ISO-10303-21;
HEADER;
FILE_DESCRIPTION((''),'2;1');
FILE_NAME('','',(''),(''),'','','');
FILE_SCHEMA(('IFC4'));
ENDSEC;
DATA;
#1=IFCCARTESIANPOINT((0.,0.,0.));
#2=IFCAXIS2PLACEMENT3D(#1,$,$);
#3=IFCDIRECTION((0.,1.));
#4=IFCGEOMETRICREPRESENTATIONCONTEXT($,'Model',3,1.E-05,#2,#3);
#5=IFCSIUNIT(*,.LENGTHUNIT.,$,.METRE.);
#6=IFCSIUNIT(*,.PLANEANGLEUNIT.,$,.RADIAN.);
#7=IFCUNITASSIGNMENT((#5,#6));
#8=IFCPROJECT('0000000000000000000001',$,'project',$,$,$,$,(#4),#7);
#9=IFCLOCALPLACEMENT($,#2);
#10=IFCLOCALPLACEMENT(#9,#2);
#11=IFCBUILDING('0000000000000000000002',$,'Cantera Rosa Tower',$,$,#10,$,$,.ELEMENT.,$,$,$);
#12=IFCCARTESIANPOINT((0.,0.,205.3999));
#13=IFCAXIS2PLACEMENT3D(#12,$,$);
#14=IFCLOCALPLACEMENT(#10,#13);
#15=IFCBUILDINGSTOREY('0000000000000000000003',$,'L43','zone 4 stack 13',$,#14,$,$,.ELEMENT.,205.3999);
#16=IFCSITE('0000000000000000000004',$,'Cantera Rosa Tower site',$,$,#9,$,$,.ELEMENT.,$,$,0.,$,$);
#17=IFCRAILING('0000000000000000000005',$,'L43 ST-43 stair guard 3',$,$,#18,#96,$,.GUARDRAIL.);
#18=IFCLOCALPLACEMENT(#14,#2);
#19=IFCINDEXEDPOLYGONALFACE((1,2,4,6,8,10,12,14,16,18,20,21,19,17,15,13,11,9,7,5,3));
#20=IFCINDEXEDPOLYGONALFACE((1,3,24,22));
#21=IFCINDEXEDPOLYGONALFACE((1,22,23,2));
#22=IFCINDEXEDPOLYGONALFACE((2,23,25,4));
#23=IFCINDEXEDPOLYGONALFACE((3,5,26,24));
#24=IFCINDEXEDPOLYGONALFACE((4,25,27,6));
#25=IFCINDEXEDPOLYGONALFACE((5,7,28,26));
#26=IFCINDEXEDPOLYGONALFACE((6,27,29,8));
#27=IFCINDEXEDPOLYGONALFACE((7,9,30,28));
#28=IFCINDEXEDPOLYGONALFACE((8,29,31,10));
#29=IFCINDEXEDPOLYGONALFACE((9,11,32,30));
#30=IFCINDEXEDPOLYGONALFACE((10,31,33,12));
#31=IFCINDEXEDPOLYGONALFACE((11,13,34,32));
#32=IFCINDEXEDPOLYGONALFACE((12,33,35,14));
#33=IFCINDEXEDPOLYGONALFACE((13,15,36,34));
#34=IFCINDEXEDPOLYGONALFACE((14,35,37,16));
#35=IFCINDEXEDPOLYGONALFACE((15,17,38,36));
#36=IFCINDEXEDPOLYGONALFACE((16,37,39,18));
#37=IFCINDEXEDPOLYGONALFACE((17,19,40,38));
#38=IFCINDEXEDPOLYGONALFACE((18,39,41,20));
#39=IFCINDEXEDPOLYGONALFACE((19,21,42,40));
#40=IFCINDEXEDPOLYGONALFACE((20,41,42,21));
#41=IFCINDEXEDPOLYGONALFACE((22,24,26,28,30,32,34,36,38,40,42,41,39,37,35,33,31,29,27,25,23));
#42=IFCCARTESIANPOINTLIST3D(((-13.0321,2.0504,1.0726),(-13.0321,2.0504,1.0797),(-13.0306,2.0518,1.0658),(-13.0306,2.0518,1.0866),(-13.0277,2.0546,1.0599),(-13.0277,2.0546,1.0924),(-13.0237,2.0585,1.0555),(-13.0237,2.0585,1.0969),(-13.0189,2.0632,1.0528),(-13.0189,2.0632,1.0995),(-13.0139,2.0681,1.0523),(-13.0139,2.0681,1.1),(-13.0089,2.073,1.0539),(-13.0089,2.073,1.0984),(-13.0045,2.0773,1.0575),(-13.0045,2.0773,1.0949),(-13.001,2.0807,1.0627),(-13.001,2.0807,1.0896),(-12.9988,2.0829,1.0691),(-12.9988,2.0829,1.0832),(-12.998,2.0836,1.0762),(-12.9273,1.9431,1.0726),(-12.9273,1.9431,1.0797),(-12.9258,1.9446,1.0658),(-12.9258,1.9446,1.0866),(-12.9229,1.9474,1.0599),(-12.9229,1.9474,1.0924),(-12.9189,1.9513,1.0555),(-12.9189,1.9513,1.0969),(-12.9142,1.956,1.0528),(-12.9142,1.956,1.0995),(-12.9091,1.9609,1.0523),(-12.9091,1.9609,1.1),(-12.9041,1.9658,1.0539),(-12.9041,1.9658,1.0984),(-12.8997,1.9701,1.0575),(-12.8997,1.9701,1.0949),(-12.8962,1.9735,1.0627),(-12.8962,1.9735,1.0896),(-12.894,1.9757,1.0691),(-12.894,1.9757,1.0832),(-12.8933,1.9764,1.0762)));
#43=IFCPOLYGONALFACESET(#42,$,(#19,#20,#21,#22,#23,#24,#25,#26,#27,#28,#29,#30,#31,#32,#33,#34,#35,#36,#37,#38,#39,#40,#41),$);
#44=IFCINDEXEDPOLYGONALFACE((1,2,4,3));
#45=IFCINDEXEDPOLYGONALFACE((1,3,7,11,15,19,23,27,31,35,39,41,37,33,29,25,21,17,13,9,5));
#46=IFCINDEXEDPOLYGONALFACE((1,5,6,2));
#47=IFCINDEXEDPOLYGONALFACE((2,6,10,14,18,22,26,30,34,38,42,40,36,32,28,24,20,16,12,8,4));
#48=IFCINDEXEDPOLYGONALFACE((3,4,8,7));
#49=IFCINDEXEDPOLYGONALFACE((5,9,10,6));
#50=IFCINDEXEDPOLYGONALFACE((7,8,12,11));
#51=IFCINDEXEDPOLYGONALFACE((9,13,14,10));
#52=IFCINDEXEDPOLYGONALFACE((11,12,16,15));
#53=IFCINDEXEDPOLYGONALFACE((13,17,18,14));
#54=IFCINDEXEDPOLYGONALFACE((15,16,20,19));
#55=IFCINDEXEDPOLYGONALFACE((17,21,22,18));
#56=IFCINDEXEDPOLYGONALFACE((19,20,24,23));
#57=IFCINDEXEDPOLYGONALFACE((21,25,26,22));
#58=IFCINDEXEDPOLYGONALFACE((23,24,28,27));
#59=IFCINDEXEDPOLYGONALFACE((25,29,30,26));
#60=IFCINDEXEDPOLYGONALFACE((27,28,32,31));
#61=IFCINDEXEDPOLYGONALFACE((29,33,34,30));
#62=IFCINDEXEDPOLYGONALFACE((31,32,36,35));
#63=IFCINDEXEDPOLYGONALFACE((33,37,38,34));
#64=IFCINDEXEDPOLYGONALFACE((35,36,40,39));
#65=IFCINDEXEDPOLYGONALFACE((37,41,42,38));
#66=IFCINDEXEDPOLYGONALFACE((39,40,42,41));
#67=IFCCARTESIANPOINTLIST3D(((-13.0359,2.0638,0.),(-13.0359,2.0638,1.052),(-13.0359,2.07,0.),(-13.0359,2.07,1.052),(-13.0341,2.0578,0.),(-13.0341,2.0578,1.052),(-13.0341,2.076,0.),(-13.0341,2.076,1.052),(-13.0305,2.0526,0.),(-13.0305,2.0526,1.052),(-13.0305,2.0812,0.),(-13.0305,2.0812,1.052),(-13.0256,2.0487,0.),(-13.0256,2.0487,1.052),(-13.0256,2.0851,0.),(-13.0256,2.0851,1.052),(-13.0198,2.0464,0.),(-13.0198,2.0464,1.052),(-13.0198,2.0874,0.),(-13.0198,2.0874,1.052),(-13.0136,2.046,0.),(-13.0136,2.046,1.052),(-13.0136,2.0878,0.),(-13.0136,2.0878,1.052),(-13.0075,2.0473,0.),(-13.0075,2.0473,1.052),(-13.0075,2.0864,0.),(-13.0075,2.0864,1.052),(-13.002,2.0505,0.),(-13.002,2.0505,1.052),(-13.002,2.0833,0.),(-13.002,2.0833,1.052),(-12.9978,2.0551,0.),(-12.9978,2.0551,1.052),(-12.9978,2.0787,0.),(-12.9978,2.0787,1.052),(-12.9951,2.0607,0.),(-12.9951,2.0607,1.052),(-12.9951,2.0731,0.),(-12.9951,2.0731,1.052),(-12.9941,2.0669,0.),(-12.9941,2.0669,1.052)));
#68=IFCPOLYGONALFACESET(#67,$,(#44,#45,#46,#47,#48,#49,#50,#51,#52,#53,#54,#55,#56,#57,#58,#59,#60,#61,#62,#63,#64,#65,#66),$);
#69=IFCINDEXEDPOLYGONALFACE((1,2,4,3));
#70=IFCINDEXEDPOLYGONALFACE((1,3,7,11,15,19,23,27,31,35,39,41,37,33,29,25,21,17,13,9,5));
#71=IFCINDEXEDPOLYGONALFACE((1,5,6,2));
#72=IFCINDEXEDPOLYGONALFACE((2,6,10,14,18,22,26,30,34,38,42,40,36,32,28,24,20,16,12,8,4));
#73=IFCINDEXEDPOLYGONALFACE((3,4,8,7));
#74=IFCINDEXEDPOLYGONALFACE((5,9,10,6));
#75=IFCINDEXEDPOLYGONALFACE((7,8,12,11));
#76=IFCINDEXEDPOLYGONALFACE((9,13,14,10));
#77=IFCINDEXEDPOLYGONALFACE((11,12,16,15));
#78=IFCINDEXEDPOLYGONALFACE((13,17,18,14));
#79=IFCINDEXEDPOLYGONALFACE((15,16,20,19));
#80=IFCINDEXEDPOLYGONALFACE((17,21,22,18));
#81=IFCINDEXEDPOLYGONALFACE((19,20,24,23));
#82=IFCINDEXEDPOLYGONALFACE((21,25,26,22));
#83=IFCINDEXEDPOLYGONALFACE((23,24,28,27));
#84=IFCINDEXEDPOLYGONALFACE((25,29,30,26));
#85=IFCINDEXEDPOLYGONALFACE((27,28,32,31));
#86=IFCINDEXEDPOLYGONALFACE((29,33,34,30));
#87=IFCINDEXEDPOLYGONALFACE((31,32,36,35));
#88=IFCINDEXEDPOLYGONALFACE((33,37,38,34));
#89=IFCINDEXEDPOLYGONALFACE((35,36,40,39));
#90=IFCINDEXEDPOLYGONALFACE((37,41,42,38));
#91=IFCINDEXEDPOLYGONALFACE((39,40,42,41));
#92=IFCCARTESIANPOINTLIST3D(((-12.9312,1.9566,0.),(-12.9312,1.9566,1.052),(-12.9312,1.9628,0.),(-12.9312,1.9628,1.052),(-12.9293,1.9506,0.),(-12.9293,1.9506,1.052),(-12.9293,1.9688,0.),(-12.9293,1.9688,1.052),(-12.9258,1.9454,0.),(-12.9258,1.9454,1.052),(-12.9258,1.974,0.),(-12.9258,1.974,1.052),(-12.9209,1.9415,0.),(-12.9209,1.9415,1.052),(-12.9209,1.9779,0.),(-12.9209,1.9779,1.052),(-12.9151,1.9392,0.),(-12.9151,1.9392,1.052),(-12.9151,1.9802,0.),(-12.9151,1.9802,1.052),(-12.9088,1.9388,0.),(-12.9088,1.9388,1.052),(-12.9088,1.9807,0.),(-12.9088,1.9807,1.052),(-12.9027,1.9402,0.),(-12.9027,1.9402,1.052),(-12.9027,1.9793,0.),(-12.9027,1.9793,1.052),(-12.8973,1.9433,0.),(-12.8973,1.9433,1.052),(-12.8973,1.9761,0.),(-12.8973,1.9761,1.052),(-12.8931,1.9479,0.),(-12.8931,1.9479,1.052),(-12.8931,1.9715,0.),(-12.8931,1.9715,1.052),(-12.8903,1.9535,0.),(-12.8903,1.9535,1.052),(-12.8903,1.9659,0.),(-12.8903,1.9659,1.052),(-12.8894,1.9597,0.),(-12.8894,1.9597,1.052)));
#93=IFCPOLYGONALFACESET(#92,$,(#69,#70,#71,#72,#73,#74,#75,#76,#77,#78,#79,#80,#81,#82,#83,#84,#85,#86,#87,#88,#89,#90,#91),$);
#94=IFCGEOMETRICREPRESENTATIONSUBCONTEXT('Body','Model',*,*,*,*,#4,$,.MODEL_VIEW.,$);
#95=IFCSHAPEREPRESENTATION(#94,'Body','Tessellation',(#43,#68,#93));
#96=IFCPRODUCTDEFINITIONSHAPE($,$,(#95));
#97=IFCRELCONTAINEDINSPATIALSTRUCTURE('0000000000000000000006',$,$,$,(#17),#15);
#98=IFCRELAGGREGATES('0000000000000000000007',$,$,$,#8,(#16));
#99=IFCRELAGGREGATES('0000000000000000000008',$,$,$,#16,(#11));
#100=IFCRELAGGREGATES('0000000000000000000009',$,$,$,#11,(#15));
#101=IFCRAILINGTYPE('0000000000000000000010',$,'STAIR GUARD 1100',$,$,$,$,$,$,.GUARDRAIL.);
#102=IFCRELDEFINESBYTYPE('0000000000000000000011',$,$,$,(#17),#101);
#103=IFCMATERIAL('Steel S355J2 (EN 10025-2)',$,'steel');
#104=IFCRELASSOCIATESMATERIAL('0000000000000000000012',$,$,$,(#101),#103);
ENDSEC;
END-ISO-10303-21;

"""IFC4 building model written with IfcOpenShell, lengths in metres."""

from ifc_helpers import new_model, si_unit, direction, frame, origin, origin_2d, place, context, subcontext, project, spatial, circle, extrude, material, type_object, element, save


model = new_model("IFC4")

# Units and contexts
model_context = context("Model", 3, precision=1e-05, world=origin(), true_north=direction((0.0, 1.0)))
body_context = subcontext(model_context, "Body", "Model", "MODEL_VIEW")
ifc_project = project(units=[si_unit("LENGTHUNIT", "METRE"), si_unit("PLANEANGLEUNIT", "RADIAN")], contexts=[model_context])

# Site, building, storey
site_placement = place(None, origin())
site = spatial("IfcSite", under=ifc_project, at=site_placement, Name="Cantera Rosa Tower site", CompositionType="ELEMENT", RefElevation=0.0)
building_placement = place(site_placement, origin())
building = spatial("IfcBuilding", under=site, at=building_placement, Name="Cantera Rosa Tower", CompositionType="ELEMENT")
storey_placement = place(building_placement, frame((0.0, 0.0, 205.3999)))
storey = spatial("IfcBuildingStorey", under=building, at=storey_placement, Name="L43", Description="zone 4 stack 13", CompositionType="ELEMENT", Elevation=205.3999)

# Railing
ifc_material_1 = material(Name="Steel S355J2 (EN 10025-2)", Category="steel")
railing_type_1 = type_object("IfcRailingType", Name="STAIR GUARD 1100", PredefinedType="GUARDRAIL", material=ifc_material_1)
railing_1_placement = place(storey_placement, frame((-13.0151, 2.0669, 0.0)))
element("IfcRailing", 1, at=railing_1_placement, inside=storey, type_object=railing_type_1, Name="L43 ST-43 stair guard 3", PredefinedType="GUARDRAIL", context=body_context, shape_type="SweptSolid", body=[
    extrude(circle(Radius=0.0239, at=origin_2d()), frame((0.0, 0.0, 1.0762), z_axis=(0.698914, -0.715206, 0.0), x_axis=(0.715206, 0.698914, 0.0)), (0.0, 0.0, 1.0), 0.1499),
    extrude(circle(Radius=0.021, at=origin_2d()), origin(), (0.0, 0.0, 1.0), 1.052),
    extrude(circle(Radius=0.021, at=origin_2d()), frame((0.1047, -0.1072, 0.0)), (0.0, 0.0, 1.0), 1.052),
])

save(model, "model.ifc")
